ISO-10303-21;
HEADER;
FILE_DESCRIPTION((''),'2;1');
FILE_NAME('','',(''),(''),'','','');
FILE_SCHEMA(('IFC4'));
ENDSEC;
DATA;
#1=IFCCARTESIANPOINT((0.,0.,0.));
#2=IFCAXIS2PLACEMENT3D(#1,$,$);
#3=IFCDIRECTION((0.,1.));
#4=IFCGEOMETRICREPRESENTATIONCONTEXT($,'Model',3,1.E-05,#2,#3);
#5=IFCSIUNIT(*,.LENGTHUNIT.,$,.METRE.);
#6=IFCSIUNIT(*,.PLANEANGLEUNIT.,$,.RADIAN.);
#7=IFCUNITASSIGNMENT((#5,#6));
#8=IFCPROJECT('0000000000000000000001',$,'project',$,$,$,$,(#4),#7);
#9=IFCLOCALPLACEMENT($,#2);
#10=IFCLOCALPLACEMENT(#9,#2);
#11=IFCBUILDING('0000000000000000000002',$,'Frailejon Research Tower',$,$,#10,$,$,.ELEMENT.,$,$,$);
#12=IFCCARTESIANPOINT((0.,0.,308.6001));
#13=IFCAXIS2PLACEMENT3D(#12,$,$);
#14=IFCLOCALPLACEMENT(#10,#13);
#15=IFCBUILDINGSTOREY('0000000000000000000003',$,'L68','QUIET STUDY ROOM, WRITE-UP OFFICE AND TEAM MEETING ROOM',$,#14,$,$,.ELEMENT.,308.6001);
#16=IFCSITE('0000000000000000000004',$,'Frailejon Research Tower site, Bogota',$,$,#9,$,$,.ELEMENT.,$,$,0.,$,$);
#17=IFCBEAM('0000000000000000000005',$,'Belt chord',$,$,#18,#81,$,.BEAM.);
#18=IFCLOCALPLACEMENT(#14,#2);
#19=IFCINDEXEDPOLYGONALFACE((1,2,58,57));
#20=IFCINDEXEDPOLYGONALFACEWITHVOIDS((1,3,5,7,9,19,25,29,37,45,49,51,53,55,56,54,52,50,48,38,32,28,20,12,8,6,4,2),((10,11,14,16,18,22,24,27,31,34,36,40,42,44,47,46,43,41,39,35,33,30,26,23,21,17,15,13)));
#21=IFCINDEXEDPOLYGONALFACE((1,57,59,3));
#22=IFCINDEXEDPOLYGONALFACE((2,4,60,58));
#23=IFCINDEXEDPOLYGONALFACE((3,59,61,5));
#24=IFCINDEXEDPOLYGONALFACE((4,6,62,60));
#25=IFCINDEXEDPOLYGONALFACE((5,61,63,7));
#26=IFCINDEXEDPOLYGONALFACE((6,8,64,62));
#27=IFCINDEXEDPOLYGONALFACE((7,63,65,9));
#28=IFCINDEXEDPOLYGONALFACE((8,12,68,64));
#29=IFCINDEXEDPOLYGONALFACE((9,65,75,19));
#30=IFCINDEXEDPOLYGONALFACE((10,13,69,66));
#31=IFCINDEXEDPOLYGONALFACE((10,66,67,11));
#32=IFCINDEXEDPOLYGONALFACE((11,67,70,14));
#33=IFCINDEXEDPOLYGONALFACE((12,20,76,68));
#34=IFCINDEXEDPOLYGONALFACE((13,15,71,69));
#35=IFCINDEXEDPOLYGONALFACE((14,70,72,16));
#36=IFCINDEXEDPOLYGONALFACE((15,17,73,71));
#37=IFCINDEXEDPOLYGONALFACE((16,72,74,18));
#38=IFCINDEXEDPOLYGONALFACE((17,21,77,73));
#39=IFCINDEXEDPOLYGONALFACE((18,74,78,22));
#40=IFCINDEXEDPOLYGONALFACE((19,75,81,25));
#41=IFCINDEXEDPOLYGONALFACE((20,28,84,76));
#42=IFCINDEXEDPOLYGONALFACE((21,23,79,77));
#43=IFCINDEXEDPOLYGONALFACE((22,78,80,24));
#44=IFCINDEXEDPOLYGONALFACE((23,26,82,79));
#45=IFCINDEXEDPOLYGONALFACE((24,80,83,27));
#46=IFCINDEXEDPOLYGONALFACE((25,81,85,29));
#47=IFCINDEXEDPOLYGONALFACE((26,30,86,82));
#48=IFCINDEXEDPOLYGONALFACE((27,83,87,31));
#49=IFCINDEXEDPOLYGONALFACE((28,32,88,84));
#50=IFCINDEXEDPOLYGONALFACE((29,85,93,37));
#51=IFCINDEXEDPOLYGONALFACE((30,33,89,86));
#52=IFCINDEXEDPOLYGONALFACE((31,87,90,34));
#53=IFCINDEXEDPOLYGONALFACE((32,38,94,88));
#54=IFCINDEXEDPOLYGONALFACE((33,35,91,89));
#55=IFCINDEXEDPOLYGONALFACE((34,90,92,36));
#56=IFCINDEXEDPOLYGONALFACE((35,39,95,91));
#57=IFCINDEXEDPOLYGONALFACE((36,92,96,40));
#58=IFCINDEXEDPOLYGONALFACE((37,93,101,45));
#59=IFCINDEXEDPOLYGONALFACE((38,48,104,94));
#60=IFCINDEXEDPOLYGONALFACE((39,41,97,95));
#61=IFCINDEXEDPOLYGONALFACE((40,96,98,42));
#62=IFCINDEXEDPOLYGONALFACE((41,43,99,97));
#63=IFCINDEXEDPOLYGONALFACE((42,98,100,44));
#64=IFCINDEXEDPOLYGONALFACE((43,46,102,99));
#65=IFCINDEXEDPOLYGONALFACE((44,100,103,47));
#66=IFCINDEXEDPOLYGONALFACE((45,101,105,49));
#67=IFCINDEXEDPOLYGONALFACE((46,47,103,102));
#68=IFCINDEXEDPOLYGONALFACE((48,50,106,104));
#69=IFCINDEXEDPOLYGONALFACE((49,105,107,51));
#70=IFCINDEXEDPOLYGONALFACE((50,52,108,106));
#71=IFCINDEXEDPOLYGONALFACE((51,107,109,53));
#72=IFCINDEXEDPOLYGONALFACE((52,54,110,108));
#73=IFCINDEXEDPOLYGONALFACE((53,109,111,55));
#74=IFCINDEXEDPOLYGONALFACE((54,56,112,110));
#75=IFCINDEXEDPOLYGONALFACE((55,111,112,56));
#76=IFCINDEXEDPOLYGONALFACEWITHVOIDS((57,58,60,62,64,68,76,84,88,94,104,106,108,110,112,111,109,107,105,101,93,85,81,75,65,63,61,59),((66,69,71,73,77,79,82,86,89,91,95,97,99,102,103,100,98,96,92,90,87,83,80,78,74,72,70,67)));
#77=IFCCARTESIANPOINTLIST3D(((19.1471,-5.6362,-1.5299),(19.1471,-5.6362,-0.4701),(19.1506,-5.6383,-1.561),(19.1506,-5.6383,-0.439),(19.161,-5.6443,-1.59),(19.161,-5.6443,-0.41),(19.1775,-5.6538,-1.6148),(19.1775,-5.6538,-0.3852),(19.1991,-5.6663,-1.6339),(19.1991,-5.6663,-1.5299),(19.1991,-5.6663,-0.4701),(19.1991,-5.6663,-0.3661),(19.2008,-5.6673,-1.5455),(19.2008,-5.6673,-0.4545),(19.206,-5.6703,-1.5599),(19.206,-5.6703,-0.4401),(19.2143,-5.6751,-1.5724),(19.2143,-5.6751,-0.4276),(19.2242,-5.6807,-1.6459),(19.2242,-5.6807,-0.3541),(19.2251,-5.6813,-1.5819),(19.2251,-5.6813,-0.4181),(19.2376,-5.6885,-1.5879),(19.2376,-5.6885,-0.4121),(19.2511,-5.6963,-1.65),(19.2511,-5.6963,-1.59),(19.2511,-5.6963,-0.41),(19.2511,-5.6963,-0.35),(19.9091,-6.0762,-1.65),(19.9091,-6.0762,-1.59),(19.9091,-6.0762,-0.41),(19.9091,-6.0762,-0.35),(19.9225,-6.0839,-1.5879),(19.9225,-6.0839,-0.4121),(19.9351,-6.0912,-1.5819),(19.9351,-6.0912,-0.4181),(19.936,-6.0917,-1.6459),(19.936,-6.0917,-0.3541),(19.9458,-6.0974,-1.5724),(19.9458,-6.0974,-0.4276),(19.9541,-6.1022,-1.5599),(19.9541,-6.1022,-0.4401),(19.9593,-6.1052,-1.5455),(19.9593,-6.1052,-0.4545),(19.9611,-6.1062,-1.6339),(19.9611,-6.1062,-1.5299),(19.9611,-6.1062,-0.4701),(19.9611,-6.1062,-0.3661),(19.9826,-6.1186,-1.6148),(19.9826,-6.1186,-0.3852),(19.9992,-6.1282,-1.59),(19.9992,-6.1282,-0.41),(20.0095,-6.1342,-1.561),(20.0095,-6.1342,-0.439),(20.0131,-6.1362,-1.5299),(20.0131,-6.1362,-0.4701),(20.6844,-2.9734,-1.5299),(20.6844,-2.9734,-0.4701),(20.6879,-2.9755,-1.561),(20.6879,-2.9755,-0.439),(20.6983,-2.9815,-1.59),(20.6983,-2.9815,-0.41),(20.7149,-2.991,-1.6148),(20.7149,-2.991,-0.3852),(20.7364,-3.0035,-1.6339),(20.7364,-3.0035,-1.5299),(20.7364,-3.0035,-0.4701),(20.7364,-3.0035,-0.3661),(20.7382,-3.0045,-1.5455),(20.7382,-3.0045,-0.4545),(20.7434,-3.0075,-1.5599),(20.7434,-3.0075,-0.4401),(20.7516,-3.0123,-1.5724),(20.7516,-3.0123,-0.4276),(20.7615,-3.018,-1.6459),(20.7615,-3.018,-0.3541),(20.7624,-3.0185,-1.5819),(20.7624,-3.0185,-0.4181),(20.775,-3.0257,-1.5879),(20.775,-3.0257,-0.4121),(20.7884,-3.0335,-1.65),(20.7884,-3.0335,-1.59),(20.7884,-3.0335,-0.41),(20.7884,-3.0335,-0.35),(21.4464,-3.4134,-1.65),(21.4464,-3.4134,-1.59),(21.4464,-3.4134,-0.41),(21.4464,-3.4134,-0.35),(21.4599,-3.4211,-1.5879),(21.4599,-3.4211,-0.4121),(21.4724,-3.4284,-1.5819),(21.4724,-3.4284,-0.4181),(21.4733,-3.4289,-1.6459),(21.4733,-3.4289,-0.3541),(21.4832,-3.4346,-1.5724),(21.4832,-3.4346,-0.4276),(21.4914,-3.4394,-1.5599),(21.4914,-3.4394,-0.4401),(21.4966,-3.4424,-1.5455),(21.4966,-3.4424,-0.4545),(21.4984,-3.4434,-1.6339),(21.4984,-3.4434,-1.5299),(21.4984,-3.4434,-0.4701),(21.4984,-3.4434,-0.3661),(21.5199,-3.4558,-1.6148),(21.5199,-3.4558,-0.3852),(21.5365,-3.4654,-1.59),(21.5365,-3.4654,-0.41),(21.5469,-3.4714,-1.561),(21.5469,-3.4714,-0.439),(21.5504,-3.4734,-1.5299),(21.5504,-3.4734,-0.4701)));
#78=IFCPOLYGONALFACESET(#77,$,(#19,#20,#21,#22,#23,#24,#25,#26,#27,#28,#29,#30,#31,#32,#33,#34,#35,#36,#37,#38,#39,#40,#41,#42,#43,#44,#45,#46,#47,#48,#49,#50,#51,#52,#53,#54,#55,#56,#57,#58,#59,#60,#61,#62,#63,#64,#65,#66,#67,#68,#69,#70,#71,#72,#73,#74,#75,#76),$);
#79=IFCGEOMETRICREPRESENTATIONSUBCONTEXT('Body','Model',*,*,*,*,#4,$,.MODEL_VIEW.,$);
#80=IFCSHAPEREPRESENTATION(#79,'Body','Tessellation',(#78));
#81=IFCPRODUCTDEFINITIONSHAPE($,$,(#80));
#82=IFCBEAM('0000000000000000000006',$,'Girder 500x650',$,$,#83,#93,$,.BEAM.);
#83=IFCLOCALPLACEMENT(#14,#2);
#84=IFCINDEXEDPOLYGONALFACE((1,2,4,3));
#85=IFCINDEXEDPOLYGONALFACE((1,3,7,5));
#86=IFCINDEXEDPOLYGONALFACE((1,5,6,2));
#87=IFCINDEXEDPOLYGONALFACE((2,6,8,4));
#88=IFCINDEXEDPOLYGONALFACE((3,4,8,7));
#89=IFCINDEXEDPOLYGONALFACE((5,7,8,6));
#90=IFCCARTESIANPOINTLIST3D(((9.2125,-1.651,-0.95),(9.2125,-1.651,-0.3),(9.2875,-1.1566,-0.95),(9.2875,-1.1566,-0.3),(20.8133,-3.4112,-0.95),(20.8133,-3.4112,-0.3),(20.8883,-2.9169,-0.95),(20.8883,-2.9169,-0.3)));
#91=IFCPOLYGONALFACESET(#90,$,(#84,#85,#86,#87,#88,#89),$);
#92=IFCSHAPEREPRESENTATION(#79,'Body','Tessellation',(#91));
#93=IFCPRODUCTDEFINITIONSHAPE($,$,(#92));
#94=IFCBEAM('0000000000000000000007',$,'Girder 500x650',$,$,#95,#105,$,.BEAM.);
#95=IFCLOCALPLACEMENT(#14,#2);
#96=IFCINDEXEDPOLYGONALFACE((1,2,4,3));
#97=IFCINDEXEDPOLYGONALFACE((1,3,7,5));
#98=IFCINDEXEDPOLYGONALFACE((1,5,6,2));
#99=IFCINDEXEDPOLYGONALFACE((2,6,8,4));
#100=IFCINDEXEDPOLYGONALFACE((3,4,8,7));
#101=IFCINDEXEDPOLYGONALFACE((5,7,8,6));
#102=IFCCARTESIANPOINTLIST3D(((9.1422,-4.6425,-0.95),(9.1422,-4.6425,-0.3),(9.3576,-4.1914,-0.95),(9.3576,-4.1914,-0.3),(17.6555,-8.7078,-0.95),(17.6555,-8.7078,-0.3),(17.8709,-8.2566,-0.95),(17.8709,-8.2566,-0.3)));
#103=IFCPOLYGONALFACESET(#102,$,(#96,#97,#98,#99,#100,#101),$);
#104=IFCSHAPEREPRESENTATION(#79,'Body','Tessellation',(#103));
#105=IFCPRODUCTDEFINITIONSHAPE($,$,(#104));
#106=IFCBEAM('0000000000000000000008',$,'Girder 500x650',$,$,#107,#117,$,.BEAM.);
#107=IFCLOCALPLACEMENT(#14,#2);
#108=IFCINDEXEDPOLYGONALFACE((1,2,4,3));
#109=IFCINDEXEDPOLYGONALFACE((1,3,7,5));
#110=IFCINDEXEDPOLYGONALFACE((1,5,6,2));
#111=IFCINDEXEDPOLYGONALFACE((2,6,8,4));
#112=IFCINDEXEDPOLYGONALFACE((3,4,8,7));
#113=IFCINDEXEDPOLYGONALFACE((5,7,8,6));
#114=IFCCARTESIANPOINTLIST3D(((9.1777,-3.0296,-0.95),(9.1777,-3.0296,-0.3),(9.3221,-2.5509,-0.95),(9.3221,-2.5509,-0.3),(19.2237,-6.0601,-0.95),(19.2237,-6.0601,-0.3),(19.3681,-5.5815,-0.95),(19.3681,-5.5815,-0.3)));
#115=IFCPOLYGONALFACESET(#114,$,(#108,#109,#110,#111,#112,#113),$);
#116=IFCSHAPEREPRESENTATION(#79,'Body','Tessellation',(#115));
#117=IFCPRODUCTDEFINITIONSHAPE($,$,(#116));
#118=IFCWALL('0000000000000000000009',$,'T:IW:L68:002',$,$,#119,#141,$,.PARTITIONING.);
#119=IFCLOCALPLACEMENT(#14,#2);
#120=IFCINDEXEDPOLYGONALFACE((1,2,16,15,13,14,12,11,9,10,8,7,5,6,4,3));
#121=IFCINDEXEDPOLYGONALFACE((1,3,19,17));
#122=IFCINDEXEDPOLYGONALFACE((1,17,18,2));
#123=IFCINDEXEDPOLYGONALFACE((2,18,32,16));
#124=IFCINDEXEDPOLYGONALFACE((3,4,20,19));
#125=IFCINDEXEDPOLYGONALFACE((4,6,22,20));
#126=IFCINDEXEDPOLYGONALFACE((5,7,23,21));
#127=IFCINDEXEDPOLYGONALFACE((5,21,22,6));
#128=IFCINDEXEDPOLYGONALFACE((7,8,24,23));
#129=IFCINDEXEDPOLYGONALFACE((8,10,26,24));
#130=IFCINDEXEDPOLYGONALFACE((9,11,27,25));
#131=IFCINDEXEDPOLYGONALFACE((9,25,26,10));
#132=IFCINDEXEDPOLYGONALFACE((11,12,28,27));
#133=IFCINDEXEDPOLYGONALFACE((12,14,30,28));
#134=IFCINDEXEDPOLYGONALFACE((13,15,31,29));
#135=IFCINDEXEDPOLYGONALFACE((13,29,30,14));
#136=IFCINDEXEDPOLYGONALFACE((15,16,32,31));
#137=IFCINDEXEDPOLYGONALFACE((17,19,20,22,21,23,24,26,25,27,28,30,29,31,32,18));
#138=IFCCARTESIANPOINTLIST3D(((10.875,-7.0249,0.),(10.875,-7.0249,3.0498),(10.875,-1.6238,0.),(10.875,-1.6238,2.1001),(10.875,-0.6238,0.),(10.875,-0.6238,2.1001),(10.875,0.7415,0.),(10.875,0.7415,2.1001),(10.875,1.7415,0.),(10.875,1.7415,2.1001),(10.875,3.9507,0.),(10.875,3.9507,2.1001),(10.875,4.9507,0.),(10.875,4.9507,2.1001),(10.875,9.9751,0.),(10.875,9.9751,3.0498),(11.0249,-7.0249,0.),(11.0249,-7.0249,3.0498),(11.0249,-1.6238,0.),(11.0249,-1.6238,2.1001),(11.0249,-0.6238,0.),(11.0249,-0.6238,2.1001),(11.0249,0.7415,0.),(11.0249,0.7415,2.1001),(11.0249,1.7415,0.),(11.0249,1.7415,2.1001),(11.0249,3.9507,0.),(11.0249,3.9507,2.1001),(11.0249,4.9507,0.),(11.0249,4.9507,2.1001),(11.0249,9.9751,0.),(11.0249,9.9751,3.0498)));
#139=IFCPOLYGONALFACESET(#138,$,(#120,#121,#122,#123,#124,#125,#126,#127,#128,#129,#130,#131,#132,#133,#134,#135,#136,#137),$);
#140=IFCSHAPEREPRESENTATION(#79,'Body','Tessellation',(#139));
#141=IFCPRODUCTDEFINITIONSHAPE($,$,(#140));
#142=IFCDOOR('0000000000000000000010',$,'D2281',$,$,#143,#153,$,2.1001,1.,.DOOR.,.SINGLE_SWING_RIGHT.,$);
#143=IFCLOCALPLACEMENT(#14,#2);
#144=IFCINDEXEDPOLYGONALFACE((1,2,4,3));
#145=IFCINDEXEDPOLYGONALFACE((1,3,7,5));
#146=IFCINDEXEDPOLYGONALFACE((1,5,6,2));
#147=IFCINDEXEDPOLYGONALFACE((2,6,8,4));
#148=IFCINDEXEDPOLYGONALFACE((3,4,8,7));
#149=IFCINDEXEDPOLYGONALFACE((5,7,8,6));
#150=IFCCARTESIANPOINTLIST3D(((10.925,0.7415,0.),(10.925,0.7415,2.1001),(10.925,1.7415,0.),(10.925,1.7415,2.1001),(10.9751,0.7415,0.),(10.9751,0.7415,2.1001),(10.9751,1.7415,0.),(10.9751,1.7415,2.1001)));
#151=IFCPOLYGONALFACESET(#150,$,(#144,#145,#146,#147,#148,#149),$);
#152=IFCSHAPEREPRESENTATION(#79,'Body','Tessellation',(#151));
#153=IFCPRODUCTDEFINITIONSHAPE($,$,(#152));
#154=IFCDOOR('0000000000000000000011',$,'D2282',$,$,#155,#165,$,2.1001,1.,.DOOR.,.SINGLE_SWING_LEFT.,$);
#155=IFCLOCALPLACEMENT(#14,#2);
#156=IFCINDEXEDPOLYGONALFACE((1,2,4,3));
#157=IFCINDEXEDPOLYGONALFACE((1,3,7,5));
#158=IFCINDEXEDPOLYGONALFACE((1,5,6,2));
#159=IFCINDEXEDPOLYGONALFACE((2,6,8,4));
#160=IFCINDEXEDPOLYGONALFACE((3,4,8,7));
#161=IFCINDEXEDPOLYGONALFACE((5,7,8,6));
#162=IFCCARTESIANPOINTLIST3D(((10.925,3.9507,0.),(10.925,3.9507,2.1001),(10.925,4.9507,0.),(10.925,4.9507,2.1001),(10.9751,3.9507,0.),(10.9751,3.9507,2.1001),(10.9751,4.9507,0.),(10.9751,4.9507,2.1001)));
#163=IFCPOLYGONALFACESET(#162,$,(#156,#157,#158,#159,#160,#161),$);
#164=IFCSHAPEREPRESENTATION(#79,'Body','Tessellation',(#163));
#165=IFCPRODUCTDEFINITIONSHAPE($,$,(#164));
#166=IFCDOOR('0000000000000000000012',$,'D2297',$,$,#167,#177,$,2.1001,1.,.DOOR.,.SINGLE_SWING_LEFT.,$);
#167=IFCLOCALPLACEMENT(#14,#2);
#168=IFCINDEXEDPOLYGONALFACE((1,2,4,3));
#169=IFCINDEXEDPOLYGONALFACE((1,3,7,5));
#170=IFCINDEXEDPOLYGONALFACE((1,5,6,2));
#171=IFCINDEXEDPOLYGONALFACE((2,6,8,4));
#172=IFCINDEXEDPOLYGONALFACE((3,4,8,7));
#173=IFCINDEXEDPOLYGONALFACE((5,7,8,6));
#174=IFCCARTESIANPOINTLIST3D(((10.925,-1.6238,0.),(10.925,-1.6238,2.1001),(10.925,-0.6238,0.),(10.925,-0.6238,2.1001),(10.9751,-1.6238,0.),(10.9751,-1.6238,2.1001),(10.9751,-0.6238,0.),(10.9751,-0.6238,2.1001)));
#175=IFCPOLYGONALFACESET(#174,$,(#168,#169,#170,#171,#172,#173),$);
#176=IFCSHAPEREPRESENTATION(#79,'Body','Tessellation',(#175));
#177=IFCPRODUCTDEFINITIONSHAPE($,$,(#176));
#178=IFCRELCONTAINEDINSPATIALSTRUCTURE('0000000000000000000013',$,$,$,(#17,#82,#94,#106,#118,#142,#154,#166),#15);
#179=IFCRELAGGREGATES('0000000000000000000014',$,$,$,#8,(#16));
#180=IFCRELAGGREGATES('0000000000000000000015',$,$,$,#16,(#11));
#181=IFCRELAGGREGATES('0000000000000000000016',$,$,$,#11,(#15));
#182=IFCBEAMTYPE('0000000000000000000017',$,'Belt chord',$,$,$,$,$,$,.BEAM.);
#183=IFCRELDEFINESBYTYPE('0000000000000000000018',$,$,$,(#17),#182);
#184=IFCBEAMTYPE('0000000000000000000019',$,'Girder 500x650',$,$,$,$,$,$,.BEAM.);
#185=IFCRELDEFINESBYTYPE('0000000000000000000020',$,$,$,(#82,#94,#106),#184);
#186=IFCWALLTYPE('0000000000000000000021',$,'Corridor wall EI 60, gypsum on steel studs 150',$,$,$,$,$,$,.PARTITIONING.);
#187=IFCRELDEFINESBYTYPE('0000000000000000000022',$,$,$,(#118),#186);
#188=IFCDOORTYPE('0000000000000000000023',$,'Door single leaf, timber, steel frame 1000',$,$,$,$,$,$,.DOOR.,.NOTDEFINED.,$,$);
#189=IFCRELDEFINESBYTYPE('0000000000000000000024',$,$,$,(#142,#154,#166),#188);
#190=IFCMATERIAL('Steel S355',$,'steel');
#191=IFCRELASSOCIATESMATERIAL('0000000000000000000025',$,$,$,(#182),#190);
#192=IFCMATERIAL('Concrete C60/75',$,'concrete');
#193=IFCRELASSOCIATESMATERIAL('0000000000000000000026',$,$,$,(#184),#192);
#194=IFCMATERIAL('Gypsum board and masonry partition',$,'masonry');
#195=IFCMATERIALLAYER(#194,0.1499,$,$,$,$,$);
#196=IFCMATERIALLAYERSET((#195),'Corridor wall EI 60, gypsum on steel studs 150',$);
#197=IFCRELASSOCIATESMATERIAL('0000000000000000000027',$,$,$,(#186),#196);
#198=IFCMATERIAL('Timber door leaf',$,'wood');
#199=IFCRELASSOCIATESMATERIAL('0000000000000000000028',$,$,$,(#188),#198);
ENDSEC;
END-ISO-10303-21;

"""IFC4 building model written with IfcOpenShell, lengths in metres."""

from ifc_helpers import new_model, si_unit, direction, frame, frame_2d, origin, origin_2d, place, context, subcontext, project, spatial, rectangle, hollow_rectangle, extrude, material, layer, layer_set, material_profile, profile_set, type_object, element, fill, save


model = new_model("IFC4")

# Units and contexts
model_context = context("Model", 3, precision=1e-05, world=origin(), true_north=direction((0.0, 1.0)))
body_context = subcontext(model_context, "Body", "Model", "MODEL_VIEW")
ifc_project = project(units=[si_unit("LENGTHUNIT", "METRE"), si_unit("PLANEANGLEUNIT", "RADIAN")], contexts=[model_context])

# Site, building, storey
site_placement = place(None, origin())
site = spatial("IfcSite", under=ifc_project, at=site_placement, Name="Frailejon Research Tower site, Bogota", CompositionType="ELEMENT", RefElevation=0.0)
building_placement = place(site_placement, origin())
building = spatial("IfcBuilding", under=site, at=building_placement, Name="Frailejon Research Tower", CompositionType="ELEMENT")
storey_placement = place(building_placement, frame((0.0, 0.0, 308.6001)))
storey = spatial("IfcBuildingStorey", under=building, at=storey_placement, Name="L68", Description="QUIET STUDY ROOM, WRITE-UP OFFICE AND TEAM MEETING ROOM", CompositionType="ELEMENT", Elevation=308.6001)

# Beams
ifc_material_1 = material(Name="Steel S355", Category="steel")
ifc_material_profile_1 = material_profile(ifc_material_1, hollow_rectangle(XDim=1.0, YDim=1.3, WallThickness=0.0601, InnerFilletRadius=0.0601, OuterFilletRadius=0.1201, at=origin_2d()), Name="Belt chord")
ifc_profile_set_1 = profile_set([ifc_material_profile_1], Name="Steel S355")
beam_type_1 = type_object("IfcBeamType", Name="Belt chord", PredefinedType="BEAM", material=ifc_profile_set_1)
beam_1_placement = place(storey_placement, frame((19.5801, -5.8862, -1.0), z_axis=(0.499991, 0.866031, 0.0), x_axis=(-0.866031, 0.499991, 0.0)))
element("IfcBeam", 1, at=beam_1_placement, inside=storey, type_object=beam_type_1, Name="Belt chord", PredefinedType="BEAM", context=body_context, shape_type="SweptSolid", body=[
    extrude(hollow_rectangle(XDim=1.0, YDim=1.3, WallThickness=0.0601, InnerFilletRadius=0.0601, OuterFilletRadius=0.1201, at=origin_2d()), origin(), (0.0, 0.0, 1.0), 3.0747),
])
ifc_material_2 = material(Name="Concrete C60/75", Category="concrete")
ifc_material_profile_2 = material_profile(ifc_material_2, rectangle(XDim=0.5, YDim=0.6499, at=origin_2d()), Name="Girder 500x650")
ifc_profile_set_2 = profile_set([ifc_material_profile_2], Name="Concrete C60/75")
beam_type_2 = type_object("IfcBeamType", Name="Girder 500x650", PredefinedType="BEAM", material=ifc_profile_set_2)
beam_2_placement = place(storey_placement, frame((20.8508, -3.1641, -0.625), z_axis=(-0.988683, 0.150018, 0.0), x_axis=(-0.150018, -0.988683, 0.0)))
element("IfcBeam", 2, at=beam_2_placement, inside=storey, type_object=beam_type_2, Name="Girder 500x650", PredefinedType="BEAM", context=body_context, shape_type="SweptSolid", body=[
    extrude(rectangle(XDim=0.5, YDim=0.6499, at=origin_2d()), origin(), (0.0, 0.0, 1.0), 11.7336),
])
beam_3_placement = place(storey_placement, frame((17.7632, -8.4822, -0.625), z_axis=(-0.902396, 0.430909, 0.0), x_axis=(-0.430909, -0.902396, 0.0)))
element("IfcBeam", 3, at=beam_3_placement, inside=storey, type_object=beam_type_2, Name="Girder 500x650", PredefinedType="BEAM", context=body_context, shape_type="SweptSolid", body=[
    extrude(rectangle(XDim=0.5, YDim=0.6499, at=origin_2d()), origin(), (0.0, 0.0, 1.0), 9.4341),
])
beam_4_placement = place(storey_placement, frame((19.2959, -5.8208, -0.625), z_axis=(-0.957386, 0.288812, 0.0), x_axis=(-0.288812, -0.957386, 0.0)))
element("IfcBeam", 4, at=beam_4_placement, inside=storey, type_object=beam_type_2, Name="Girder 500x650", PredefinedType="BEAM", context=body_context, shape_type="SweptSolid", body=[
    extrude(rectangle(XDim=0.5, YDim=0.6499, at=origin_2d()), origin(), (0.0, 0.0, 1.0), 10.4932),
])

# Wall, openings, doors
ifc_material_3 = material(Name="Gypsum board and masonry partition", Category="masonry")
ifc_layer_1 = layer(ifc_material_3, 0.1499)
ifc_layer_set_1 = layer_set([ifc_layer_1], Name="Corridor wall EI 60, gypsum on steel studs 150")
wall_type_1 = type_object("IfcWallType", Name="Corridor wall EI 60, gypsum on steel studs 150", PredefinedType="PARTITIONING", material=ifc_layer_set_1)
wall_1_placement = place(storey_placement, frame((10.95, -7.0249, 0.0), z_axis=(0.0, 0.0, 1.0), x_axis=(0.0, 1.0, 0.0)))
wall_1 = element("IfcWall", 5, at=wall_1_placement, inside=storey, type_object=wall_type_1, Name="T:IW:L68:002", PredefinedType="PARTITIONING", context=body_context, shape_type="SweptSolid", body=[
    extrude(rectangle(XDim=17.0, YDim=0.1499, at=frame_2d((8.5, 0.0))), origin(), (0.0, 0.0, 1.0), 3.0498),
])
opening_1_placement = place(wall_1_placement, frame((7.7664, 0.0, 0.0)))
opening_1 = element("IfcOpeningElement", 6, at=opening_1_placement, cuts=wall_1, PredefinedType="OPENING", context=body_context, shape_type="SweptSolid", body=[
    extrude(rectangle(XDim=1.0, YDim=2.1001, at=frame_2d((0.5, 1.05))), frame((0.0, 0.085, 0.0), z_axis=(0.0, -1.0, 0.0), x_axis=(1.0, 0.0, 0.0)), (0.0, 0.0, 1.0), 0.1699),
])
opening_2_placement = place(wall_1_placement, frame((10.9756, 0.0, 0.0)))
opening_2 = element("IfcOpeningElement", 7, at=opening_2_placement, cuts=wall_1, PredefinedType="OPENING", context=body_context, shape_type="SweptSolid", body=[
    extrude(rectangle(XDim=1.0, YDim=2.1001, at=frame_2d((0.5, 1.05))), frame((0.0, 0.085, 0.0), z_axis=(0.0, -1.0, 0.0), x_axis=(1.0, 0.0, 0.0)), (0.0, 0.0, 1.0), 0.1699),
])
opening_3_placement = place(wall_1_placement, frame((5.4011, 0.0, 0.0)))
opening_3 = element("IfcOpeningElement", 8, at=opening_3_placement, cuts=wall_1, PredefinedType="OPENING", context=body_context, shape_type="SweptSolid", body=[
    extrude(rectangle(XDim=1.0, YDim=2.1001, at=frame_2d((0.5, 1.05))), frame((0.0, 0.085, 0.0), z_axis=(0.0, -1.0, 0.0), x_axis=(1.0, 0.0, 0.0)), (0.0, 0.0, 1.0), 0.1699),
])
ifc_material_4 = material(Name="Timber door leaf", Category="wood")
door_type = type_object("IfcDoorType", Name="Door single leaf, timber, steel frame 1000", OperationType="NOTDEFINED", PredefinedType="DOOR", material=ifc_material_4)
door_1_placement = place(opening_1_placement, origin())
door_1 = element("IfcDoor", 9, at=door_1_placement, inside=storey, type_object=door_type, Name="D2281", OperationType="SINGLE_SWING_RIGHT", OverallHeight=2.1001, OverallWidth=1.0, PredefinedType="DOOR", context=body_context, shape_type="SweptSolid", body=[
    extrude(rectangle(XDim=1.0, YDim=2.1001, at=frame_2d((0.5, 1.05))), frame((0.0, 0.0249, 0.0), z_axis=(0.0, -1.0, 0.0), x_axis=(1.0, 0.0, 0.0)), (0.0, 0.0, 1.0), 0.05),
])
fill(opening_1, door_1)
door_2_placement = place(opening_2_placement, origin())
door_2 = element("IfcDoor", 10, at=door_2_placement, inside=storey, type_object=door_type, Name="D2282", OperationType="SINGLE_SWING_LEFT", OverallHeight=2.1001, OverallWidth=1.0, PredefinedType="DOOR", context=body_context, shape_type="SweptSolid", body=[
    extrude(rectangle(XDim=1.0, YDim=2.1001, at=frame_2d((0.5, 1.05))), frame((0.0, 0.0249, 0.0), z_axis=(0.0, -1.0, 0.0), x_axis=(1.0, 0.0, 0.0)), (0.0, 0.0, 1.0), 0.05),
])
fill(opening_2, door_2)
door_3_placement = place(opening_3_placement, origin())
door_3 = element("IfcDoor", 11, at=door_3_placement, inside=storey, type_object=door_type, Name="D2297", OperationType="SINGLE_SWING_LEFT", OverallHeight=2.1001, OverallWidth=1.0, PredefinedType="DOOR", context=body_context, shape_type="SweptSolid", body=[
    extrude(rectangle(XDim=1.0, YDim=2.1001, at=frame_2d((0.5, 1.05))), frame((0.0, 0.0249, 0.0), z_axis=(0.0, -1.0, 0.0), x_axis=(1.0, 0.0, 0.0)), (0.0, 0.0, 1.0), 0.05),
])
fill(opening_3, door_3)

save(model, "model.ifc")
